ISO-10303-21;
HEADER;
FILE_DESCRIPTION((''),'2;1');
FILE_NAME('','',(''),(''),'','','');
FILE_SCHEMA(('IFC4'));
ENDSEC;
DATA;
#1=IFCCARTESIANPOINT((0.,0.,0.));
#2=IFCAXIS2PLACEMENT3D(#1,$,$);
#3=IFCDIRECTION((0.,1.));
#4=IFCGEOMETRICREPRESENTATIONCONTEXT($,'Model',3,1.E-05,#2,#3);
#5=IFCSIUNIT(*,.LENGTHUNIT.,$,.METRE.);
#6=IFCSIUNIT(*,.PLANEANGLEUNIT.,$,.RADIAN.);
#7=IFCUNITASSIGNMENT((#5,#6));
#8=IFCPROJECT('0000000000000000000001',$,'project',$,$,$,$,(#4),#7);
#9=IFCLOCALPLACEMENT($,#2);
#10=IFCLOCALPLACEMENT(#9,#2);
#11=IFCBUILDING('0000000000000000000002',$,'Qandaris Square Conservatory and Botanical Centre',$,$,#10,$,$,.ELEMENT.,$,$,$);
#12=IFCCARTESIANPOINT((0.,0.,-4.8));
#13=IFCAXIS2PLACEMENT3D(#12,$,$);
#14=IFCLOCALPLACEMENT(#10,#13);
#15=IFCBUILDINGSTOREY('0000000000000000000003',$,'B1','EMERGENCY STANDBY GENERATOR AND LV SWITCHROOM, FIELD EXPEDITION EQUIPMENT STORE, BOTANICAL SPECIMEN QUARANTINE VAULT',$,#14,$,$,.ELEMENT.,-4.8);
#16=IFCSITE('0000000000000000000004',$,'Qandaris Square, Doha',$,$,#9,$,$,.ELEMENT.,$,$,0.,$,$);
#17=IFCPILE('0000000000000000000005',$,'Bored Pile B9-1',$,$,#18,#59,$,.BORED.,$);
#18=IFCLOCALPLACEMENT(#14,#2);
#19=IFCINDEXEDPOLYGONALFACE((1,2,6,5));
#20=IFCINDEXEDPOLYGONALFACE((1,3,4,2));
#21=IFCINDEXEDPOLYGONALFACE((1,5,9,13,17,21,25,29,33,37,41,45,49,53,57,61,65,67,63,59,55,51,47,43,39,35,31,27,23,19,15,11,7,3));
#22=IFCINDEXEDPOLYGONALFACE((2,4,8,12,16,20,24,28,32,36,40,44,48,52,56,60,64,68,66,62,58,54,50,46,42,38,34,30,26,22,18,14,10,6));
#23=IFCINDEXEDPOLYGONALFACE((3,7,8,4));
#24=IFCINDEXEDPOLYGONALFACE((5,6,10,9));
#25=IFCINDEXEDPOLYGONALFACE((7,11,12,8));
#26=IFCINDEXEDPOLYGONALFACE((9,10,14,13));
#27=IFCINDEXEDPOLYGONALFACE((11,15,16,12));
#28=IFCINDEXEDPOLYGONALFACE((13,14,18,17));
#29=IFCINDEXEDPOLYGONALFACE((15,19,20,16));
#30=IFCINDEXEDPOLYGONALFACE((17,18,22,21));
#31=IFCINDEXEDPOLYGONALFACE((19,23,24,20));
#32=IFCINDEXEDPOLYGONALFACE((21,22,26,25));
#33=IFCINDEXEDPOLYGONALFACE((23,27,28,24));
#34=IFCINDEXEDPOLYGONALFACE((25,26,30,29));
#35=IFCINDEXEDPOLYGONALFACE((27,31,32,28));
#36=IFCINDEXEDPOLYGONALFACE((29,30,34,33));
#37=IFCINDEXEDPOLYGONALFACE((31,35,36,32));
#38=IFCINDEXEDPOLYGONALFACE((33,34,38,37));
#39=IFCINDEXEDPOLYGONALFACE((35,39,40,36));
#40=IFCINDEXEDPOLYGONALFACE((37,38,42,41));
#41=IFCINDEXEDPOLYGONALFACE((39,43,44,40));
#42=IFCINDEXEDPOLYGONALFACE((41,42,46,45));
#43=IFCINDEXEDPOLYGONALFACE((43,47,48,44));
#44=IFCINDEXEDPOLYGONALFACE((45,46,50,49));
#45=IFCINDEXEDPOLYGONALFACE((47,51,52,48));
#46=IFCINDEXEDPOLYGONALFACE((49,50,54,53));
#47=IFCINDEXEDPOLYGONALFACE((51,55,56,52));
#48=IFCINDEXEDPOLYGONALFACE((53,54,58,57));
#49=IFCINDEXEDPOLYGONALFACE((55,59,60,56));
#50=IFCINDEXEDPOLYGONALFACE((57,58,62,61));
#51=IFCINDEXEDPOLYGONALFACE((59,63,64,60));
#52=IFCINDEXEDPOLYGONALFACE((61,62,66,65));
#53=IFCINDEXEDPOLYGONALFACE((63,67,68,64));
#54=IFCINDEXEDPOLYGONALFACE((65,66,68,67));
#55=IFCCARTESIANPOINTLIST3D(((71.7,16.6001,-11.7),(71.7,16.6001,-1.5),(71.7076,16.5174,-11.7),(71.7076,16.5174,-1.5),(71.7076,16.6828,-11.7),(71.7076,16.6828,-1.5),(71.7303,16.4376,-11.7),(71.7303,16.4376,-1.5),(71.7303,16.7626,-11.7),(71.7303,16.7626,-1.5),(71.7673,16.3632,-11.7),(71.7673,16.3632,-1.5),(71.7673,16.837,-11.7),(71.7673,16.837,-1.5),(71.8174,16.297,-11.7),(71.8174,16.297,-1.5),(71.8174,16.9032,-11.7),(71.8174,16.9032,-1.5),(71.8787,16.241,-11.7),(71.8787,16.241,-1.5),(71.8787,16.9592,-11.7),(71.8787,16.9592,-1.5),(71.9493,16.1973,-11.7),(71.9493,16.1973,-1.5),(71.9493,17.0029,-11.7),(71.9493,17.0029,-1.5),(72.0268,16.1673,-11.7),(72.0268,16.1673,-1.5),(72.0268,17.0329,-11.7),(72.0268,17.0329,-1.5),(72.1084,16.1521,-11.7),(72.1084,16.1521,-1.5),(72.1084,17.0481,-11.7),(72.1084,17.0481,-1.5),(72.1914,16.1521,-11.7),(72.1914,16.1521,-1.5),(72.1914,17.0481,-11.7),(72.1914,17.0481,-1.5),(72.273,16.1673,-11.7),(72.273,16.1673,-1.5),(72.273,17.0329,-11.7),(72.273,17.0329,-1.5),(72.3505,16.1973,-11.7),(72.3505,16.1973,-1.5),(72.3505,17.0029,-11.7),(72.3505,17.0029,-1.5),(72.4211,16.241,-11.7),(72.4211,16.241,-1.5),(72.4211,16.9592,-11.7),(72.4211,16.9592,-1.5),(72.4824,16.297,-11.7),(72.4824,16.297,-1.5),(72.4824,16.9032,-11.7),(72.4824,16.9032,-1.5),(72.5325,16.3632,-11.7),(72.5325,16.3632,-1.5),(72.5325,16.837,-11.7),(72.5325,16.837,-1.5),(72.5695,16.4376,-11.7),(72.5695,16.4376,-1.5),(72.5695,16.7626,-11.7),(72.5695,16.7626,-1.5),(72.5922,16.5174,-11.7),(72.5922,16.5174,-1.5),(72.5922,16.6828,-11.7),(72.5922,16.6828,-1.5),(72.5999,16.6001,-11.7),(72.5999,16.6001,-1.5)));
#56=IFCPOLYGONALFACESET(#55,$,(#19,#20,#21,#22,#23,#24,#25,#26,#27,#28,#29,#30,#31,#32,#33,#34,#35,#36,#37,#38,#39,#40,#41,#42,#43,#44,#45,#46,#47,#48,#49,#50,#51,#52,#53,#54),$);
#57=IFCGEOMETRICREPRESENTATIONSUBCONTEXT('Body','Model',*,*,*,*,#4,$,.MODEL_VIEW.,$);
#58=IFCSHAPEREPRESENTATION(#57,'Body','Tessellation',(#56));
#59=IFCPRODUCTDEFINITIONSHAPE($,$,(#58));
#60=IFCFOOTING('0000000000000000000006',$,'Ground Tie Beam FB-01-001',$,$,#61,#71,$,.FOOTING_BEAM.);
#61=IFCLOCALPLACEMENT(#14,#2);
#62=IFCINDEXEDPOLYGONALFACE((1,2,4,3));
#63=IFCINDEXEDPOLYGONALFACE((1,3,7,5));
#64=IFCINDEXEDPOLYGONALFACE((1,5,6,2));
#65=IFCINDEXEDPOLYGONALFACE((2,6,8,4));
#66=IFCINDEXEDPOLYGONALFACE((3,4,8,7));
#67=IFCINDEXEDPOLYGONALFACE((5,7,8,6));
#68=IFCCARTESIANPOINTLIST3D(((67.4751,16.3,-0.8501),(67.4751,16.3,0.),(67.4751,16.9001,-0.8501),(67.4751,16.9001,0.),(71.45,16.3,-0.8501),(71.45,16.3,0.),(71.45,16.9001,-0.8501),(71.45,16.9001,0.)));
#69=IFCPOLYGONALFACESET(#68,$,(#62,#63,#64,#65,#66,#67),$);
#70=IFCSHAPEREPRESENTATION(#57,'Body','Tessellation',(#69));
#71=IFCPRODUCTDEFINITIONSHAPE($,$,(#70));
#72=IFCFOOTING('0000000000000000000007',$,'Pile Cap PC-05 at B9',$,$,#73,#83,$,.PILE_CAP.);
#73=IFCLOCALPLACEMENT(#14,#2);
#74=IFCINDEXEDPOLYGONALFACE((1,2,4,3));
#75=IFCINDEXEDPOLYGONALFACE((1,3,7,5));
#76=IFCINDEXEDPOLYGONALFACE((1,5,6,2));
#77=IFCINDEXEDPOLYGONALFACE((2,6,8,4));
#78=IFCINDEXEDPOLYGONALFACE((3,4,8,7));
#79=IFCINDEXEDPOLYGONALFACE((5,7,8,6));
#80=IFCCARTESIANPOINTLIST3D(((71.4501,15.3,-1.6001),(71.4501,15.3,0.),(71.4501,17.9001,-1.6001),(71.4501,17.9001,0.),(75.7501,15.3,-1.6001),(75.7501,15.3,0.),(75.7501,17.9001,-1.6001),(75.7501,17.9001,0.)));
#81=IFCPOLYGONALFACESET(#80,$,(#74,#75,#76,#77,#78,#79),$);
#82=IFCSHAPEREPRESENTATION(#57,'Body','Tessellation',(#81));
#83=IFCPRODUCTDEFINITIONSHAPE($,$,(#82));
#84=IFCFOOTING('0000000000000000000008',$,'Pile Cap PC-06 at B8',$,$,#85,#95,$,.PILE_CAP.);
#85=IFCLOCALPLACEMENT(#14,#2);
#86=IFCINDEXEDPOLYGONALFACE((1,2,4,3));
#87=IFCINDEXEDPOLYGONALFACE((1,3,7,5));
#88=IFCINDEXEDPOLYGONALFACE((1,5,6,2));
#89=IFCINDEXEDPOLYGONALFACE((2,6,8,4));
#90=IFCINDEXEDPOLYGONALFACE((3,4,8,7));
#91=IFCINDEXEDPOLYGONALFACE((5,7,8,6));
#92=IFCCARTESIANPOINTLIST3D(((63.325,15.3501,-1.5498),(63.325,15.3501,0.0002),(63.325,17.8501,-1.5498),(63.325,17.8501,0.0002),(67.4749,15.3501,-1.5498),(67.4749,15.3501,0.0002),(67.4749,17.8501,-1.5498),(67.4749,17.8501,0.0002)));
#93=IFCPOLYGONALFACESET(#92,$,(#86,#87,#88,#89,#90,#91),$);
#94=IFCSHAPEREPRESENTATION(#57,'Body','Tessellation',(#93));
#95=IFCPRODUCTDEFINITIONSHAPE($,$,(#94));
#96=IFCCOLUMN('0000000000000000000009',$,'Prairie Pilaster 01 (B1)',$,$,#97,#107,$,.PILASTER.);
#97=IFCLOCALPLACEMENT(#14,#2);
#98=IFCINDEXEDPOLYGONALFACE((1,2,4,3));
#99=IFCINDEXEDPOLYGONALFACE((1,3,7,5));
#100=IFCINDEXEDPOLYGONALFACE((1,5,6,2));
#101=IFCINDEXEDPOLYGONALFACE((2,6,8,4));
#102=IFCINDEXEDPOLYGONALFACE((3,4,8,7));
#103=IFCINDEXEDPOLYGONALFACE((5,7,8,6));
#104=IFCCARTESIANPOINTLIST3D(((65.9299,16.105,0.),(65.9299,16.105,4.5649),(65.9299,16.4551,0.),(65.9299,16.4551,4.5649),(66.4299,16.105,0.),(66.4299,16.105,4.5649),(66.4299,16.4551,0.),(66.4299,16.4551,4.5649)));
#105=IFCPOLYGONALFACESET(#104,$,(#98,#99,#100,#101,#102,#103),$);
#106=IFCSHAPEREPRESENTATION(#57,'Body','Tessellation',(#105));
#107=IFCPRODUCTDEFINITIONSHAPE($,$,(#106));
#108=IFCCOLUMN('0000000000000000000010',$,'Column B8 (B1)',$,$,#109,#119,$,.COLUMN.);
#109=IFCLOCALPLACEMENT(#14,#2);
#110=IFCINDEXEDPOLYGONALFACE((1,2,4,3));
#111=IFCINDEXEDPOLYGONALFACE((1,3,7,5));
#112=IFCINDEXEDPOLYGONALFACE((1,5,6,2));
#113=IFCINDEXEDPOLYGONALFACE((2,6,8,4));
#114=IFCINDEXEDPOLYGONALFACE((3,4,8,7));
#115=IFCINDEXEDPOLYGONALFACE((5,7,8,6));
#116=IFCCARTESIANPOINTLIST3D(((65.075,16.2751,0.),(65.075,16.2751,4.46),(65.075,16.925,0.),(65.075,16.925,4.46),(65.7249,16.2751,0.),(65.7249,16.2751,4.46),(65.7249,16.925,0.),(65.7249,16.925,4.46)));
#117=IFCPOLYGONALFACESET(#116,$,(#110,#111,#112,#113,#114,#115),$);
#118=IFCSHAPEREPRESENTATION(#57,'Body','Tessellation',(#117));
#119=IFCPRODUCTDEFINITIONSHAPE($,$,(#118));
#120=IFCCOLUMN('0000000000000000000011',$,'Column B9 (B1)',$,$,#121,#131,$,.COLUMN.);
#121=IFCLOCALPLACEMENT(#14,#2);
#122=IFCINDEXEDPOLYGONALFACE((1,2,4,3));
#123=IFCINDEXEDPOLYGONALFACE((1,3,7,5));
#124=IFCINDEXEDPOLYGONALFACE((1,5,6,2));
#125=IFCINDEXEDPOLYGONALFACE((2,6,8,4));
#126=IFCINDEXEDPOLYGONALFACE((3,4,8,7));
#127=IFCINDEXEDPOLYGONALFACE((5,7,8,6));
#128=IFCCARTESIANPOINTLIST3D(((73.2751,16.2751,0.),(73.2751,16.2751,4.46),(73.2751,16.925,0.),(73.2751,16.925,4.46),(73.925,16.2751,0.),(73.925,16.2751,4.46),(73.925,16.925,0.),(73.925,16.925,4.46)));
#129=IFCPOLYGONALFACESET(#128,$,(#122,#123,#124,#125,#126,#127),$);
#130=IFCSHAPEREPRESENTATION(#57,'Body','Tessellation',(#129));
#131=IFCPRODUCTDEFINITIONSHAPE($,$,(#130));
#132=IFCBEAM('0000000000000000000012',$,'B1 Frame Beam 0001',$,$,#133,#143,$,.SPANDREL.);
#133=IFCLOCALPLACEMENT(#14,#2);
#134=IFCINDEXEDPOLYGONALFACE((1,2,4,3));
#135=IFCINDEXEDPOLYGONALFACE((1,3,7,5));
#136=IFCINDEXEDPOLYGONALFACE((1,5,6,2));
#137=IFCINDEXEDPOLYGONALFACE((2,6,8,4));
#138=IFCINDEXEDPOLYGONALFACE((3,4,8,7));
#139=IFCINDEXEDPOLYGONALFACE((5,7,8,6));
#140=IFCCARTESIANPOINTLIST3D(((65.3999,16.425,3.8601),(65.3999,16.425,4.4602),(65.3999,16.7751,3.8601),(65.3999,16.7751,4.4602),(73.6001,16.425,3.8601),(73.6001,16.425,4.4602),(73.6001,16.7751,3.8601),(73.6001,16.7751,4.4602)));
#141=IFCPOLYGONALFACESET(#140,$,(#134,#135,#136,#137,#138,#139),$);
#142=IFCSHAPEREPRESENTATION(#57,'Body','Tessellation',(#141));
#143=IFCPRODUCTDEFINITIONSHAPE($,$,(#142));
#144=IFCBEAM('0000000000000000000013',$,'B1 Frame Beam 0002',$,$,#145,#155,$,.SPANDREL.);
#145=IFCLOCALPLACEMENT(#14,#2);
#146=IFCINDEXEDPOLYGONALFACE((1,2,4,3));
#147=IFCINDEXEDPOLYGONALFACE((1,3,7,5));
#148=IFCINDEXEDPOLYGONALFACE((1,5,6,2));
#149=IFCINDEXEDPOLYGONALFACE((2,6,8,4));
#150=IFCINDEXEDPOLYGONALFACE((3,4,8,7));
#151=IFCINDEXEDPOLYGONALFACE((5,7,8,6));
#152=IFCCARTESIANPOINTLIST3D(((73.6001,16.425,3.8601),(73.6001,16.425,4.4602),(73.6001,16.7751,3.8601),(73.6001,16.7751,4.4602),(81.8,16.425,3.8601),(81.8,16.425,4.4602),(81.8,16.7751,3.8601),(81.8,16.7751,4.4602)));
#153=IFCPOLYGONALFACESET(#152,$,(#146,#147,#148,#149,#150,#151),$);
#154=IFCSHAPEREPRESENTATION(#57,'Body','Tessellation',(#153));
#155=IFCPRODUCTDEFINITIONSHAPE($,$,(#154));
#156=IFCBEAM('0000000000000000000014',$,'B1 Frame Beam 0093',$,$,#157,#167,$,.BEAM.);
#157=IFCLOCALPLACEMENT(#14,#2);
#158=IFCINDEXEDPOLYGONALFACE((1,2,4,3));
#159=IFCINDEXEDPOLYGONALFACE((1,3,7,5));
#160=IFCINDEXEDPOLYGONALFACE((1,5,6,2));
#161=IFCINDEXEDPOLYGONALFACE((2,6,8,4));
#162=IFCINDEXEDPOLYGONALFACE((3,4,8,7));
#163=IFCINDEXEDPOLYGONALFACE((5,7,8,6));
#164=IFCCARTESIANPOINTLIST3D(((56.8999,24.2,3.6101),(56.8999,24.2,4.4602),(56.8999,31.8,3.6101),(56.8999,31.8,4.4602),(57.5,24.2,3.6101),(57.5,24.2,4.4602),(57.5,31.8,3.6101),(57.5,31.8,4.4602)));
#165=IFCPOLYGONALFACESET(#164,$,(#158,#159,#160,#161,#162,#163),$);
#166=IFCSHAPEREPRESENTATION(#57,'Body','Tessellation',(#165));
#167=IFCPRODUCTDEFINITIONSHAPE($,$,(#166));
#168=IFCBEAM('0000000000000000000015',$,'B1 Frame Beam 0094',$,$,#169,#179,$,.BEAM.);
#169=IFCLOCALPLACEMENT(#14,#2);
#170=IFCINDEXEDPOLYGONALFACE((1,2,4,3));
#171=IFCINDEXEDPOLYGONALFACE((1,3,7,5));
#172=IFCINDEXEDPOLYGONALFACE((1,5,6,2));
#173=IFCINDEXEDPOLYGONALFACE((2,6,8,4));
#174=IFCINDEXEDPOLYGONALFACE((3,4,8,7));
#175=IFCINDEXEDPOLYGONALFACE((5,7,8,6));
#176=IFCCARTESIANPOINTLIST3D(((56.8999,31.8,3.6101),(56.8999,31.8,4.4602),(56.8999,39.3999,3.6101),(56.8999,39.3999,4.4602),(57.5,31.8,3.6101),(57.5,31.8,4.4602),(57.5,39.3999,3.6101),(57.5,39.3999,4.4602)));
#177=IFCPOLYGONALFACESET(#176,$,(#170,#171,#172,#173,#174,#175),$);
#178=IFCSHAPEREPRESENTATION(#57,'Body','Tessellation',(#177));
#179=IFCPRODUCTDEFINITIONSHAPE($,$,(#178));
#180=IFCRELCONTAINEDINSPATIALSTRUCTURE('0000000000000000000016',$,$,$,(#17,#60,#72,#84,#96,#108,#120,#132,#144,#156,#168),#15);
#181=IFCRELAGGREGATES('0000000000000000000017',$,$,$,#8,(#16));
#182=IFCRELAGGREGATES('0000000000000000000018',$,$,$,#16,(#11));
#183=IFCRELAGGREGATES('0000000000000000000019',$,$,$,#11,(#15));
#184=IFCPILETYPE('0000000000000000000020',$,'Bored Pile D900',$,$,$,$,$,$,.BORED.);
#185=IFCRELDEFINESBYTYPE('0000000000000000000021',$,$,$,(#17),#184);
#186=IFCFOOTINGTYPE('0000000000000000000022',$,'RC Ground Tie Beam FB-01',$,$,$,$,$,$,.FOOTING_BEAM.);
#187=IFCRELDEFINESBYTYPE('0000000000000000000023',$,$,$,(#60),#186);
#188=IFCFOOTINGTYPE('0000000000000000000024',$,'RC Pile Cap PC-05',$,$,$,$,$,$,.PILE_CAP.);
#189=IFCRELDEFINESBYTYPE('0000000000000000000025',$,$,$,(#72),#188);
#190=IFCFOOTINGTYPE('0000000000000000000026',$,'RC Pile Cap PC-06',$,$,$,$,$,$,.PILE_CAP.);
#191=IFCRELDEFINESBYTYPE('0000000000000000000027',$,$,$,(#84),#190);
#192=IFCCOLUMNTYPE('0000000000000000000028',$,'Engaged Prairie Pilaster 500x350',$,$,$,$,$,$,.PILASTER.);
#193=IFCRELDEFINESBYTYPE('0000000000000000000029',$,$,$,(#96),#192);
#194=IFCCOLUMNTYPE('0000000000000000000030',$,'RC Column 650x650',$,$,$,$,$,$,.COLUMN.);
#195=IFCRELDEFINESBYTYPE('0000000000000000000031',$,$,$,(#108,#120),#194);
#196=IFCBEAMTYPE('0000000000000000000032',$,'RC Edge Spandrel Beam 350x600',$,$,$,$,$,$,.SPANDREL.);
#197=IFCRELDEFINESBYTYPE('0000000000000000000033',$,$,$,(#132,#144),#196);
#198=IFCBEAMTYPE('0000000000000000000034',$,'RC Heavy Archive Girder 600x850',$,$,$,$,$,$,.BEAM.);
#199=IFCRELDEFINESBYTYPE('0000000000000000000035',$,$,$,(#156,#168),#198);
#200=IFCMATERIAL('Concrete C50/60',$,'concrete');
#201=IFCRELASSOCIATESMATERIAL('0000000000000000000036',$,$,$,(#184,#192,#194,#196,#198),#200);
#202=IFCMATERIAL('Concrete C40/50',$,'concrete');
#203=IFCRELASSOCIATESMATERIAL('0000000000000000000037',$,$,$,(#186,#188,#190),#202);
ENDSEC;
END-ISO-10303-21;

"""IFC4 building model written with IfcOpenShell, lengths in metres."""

from ifc_helpers import new_model, si_unit, direction, frame, origin, origin_2d, place, context, subcontext, project, spatial, rectangle, circle, extrude, material, material_profile, profile_set, type_object, element, save


model = new_model("IFC4")

# Units and contexts
model_context = context("Model", 3, precision=1e-05, world=origin(), true_north=direction((0.0, 1.0)))
body_context = subcontext(model_context, "Body", "Model", "MODEL_VIEW")
ifc_project = project(units=[si_unit("LENGTHUNIT", "METRE"), si_unit("PLANEANGLEUNIT", "RADIAN")], contexts=[model_context])

# Site, building, storey
site_placement = place(None, origin())
site = spatial("IfcSite", under=ifc_project, at=site_placement, Name="Qandaris Square, Doha", CompositionType="ELEMENT", RefElevation=0.0)
building_placement = place(site_placement, origin())
building = spatial("IfcBuilding", under=site, at=building_placement, Name="Qandaris Square Conservatory and Botanical Centre", CompositionType="ELEMENT")
storey_placement = place(building_placement, frame((0.0, 0.0, -4.8)))
storey = spatial("IfcBuildingStorey", under=building, at=storey_placement, Name="B1", Description="EMERGENCY STANDBY GENERATOR AND LV SWITCHROOM, FIELD EXPEDITION EQUIPMENT STORE, BOTANICAL SPECIMEN QUARANTINE VAULT", CompositionType="ELEMENT", Elevation=-4.8)

# Pile
ifc_material_1 = material(Name="Concrete C50/60", Category="concrete")
ifc_material_profile_1 = material_profile(ifc_material_1, circle(Radius=0.45, at=origin_2d()), Name="PILE D900")
ifc_profile_set_1 = profile_set([ifc_material_profile_1], Name="Concrete C50/60")
pile_type = type_object("IfcPileType", Name="Bored Pile D900", PredefinedType="BORED", material=ifc_profile_set_1)
pile_1_placement = place(storey_placement, frame((72.1499, 16.6001, -1.5), z_axis=(0.0, 0.0, -1.0), x_axis=(1.0, 0.0, 0.0)))
element("IfcPile", 1, at=pile_1_placement, inside=storey, type_object=pile_type, Name="Bored Pile B9-1", PredefinedType="BORED", context=body_context, shape_type="SweptSolid", body=[
    extrude(circle(Radius=0.45, at=origin_2d()), origin(), (0.0, 0.0, 1.0), 10.2),
])

# Footings
ifc_material_2 = material(Name="Concrete C40/50", Category="concrete")
ifc_material_profile_2 = material_profile(ifc_material_2, rectangle(XDim=0.6001, YDim=0.8501, at=origin_2d()), Name="FB 600x850")
ifc_profile_set_2 = profile_set([ifc_material_profile_2], Name="Concrete C40/50")
footing_type_1 = type_object("IfcFootingType", Name="RC Ground Tie Beam FB-01", PredefinedType="FOOTING_BEAM", material=ifc_profile_set_2)
footing_1_placement = place(storey_placement, frame((67.4751, 16.6001, -0.425), z_axis=(1.0, 0.0, 0.0), x_axis=(0.0, 1.0, 0.0)))
element("IfcFooting", 2, at=footing_1_placement, inside=storey, type_object=footing_type_1, Name="Ground Tie Beam FB-01-001", PredefinedType="FOOTING_BEAM", context=body_context, shape_type="SweptSolid", body=[
    extrude(rectangle(XDim=0.6001, YDim=0.8501, at=origin_2d()), origin(), (0.0, 0.0, 1.0), 3.9749),
])
footing_type_2 = type_object("IfcFootingType", Name="RC Pile Cap PC-05", PredefinedType="PILE_CAP", material=ifc_material_2)
footing_2_placement = place(storey_placement, frame((73.6001, 16.6001, -1.6001), z_axis=(0.0, 0.0, 1.0), x_axis=(1.0, 0.0, 0.0)))
element("IfcFooting", 3, at=footing_2_placement, inside=storey, type_object=footing_type_2, Name="Pile Cap PC-05 at B9", PredefinedType="PILE_CAP", context=body_context, shape_type="SweptSolid", body=[
    extrude(rectangle(XDim=4.3, YDim=2.6001, at=origin_2d()), origin(), (0.0, 0.0, 1.0), 1.6001),
])
footing_type_3 = type_object("IfcFootingType", Name="RC Pile Cap PC-06", PredefinedType="PILE_CAP", material=ifc_material_2)
footing_3_placement = place(storey_placement, frame((65.3999, 16.6001, -1.5498), z_axis=(0.0, 0.0, 1.0), x_axis=(1.0, 0.0, 0.0)))
element("IfcFooting", 4, at=footing_3_placement, inside=storey, type_object=footing_type_3, Name="Pile Cap PC-06 at B8", PredefinedType="PILE_CAP", context=body_context, shape_type="SweptSolid", body=[
    extrude(rectangle(XDim=4.1499, YDim=2.5, at=origin_2d()), origin(), (0.0, 0.0, 1.0), 1.55),
])

# Columns
ifc_material_profile_3 = material_profile(ifc_material_1, rectangle(XDim=0.5, YDim=0.3501, at=origin_2d()), Name="RC-PIL 500x350")
ifc_profile_set_3 = profile_set([ifc_material_profile_3], Name="Concrete C50/60")
column_type_1 = type_object("IfcColumnType", Name="Engaged Prairie Pilaster 500x350", PredefinedType="PILASTER", material=ifc_profile_set_3)
column_placement = place(storey_placement, frame((66.1799, 16.28, 0.0), z_axis=(0.0, 0.0, 1.0), x_axis=(1.0, 0.0, 0.0)))
element("IfcColumn", 5, at=column_placement, inside=storey, type_object=column_type_1, Name="Prairie Pilaster 01 (B1)", PredefinedType="PILASTER", context=body_context, shape_type="SweptSolid", body=[
    extrude(rectangle(XDim=0.5, YDim=0.3501, at=origin_2d()), origin(), (0.0, 0.0, 1.0), 4.5649),
])
ifc_material_profile_4 = material_profile(ifc_material_1, rectangle(XDim=0.6499, YDim=0.6499, at=origin_2d()), Name="RC-COL 650x650")
ifc_profile_set_4 = profile_set([ifc_material_profile_4], Name="Concrete C50/60")
column_type_2 = type_object("IfcColumnType", Name="RC Column 650x650", PredefinedType="COLUMN", material=ifc_profile_set_4)
for number, where, z_axis, x_axis, name in (
    (6, (65.3999, 16.6001, 0.0), (0.0, 0.0, 1.0), (1.0, 0.0, 0.0), "Column B8 (B1)"),
    (7, (73.6001, 16.6001, 0.0), (0.0, 0.0, 1.0), (1.0, 0.0, 0.0), "Column B9 (B1)"),
):
    element("IfcColumn", number, at=place(storey_placement, frame(where, z_axis=z_axis, x_axis=x_axis)), inside=storey, type_object=column_type_2, Name=name, PredefinedType="COLUMN", context=body_context, shape_type="SweptSolid", body=[
        extrude(rectangle(XDim=0.6499, YDim=0.6499, at=origin_2d()), origin(), (0.0, 0.0, 1.0), 4.46),
    ])

# Beams
ifc_material_profile_5 = material_profile(ifc_material_1, rectangle(XDim=0.3501, YDim=0.6001, at=origin_2d()), Name="RC-SP 350x600")
ifc_profile_set_5 = profile_set([ifc_material_profile_5], Name="Concrete C50/60")
beam_type_1 = type_object("IfcBeamType", Name="RC Edge Spandrel Beam 350x600", PredefinedType="SPANDREL", material=ifc_profile_set_5)
beam_1_placement = place(storey_placement, frame((65.3999, 16.6001, 4.1602), z_axis=(1.0, 0.0, 0.0), x_axis=(0.0, 1.0, 0.0)))
element("IfcBeam", 8, at=beam_1_placement, inside=storey, type_object=beam_type_1, Name="B1 Frame Beam 0001", PredefinedType="SPANDREL", context=body_context, shape_type="SweptSolid", body=[
    extrude(rectangle(XDim=0.3501, YDim=0.6001, at=origin_2d()), origin(), (0.0, 0.0, 1.0), 8.2002),
])
beam_2_placement = place(storey_placement, frame((73.6001, 16.6001, 4.1602), z_axis=(1.0, 0.0, 0.0), x_axis=(0.0, 1.0, 0.0)))
element("IfcBeam", 9, at=beam_2_placement, inside=storey, type_object=beam_type_1, Name="B1 Frame Beam 0002", PredefinedType="SPANDREL", context=body_context, shape_type="SweptSolid", body=[
    extrude(rectangle(XDim=0.3501, YDim=0.6001, at=origin_2d()), origin(), (0.0, 0.0, 1.0), 8.2),
])
ifc_material_profile_6 = material_profile(ifc_material_1, rectangle(XDim=0.6001, YDim=0.8501, at=origin_2d()), Name="RC-BM 600x850")
ifc_profile_set_6 = profile_set([ifc_material_profile_6], Name="Concrete C50/60")
beam_type_2 = type_object("IfcBeamType", Name="RC Heavy Archive Girder 600x850", PredefinedType="BEAM", material=ifc_profile_set_6)
beam_3_placement = place(storey_placement, frame((57.2, 24.2, 4.0352), z_axis=(0.0, 1.0, 0.0), x_axis=(-1.0, 0.0, 0.0)))
element("IfcBeam", 10, at=beam_3_placement, inside=storey, type_object=beam_type_2, Name="B1 Frame Beam 0093", PredefinedType="BEAM", context=body_context, shape_type="SweptSolid", body=[
    extrude(rectangle(XDim=0.6001, YDim=0.8501, at=origin_2d()), origin(), (0.0, 0.0, 1.0), 7.6001),
])
beam_4_placement = place(storey_placement, frame((57.2, 31.8, 4.0352), z_axis=(0.0, 1.0, 0.0), x_axis=(-1.0, 0.0, 0.0)))
element("IfcBeam", 11, at=beam_4_placement, inside=storey, type_object=beam_type_2, Name="B1 Frame Beam 0094", PredefinedType="BEAM", context=body_context, shape_type="SweptSolid", body=[
    extrude(rectangle(XDim=0.6001, YDim=0.8501, at=origin_2d()), origin(), (0.0, 0.0, 1.0), 7.5999),
])

save(model, "model.ifc")
